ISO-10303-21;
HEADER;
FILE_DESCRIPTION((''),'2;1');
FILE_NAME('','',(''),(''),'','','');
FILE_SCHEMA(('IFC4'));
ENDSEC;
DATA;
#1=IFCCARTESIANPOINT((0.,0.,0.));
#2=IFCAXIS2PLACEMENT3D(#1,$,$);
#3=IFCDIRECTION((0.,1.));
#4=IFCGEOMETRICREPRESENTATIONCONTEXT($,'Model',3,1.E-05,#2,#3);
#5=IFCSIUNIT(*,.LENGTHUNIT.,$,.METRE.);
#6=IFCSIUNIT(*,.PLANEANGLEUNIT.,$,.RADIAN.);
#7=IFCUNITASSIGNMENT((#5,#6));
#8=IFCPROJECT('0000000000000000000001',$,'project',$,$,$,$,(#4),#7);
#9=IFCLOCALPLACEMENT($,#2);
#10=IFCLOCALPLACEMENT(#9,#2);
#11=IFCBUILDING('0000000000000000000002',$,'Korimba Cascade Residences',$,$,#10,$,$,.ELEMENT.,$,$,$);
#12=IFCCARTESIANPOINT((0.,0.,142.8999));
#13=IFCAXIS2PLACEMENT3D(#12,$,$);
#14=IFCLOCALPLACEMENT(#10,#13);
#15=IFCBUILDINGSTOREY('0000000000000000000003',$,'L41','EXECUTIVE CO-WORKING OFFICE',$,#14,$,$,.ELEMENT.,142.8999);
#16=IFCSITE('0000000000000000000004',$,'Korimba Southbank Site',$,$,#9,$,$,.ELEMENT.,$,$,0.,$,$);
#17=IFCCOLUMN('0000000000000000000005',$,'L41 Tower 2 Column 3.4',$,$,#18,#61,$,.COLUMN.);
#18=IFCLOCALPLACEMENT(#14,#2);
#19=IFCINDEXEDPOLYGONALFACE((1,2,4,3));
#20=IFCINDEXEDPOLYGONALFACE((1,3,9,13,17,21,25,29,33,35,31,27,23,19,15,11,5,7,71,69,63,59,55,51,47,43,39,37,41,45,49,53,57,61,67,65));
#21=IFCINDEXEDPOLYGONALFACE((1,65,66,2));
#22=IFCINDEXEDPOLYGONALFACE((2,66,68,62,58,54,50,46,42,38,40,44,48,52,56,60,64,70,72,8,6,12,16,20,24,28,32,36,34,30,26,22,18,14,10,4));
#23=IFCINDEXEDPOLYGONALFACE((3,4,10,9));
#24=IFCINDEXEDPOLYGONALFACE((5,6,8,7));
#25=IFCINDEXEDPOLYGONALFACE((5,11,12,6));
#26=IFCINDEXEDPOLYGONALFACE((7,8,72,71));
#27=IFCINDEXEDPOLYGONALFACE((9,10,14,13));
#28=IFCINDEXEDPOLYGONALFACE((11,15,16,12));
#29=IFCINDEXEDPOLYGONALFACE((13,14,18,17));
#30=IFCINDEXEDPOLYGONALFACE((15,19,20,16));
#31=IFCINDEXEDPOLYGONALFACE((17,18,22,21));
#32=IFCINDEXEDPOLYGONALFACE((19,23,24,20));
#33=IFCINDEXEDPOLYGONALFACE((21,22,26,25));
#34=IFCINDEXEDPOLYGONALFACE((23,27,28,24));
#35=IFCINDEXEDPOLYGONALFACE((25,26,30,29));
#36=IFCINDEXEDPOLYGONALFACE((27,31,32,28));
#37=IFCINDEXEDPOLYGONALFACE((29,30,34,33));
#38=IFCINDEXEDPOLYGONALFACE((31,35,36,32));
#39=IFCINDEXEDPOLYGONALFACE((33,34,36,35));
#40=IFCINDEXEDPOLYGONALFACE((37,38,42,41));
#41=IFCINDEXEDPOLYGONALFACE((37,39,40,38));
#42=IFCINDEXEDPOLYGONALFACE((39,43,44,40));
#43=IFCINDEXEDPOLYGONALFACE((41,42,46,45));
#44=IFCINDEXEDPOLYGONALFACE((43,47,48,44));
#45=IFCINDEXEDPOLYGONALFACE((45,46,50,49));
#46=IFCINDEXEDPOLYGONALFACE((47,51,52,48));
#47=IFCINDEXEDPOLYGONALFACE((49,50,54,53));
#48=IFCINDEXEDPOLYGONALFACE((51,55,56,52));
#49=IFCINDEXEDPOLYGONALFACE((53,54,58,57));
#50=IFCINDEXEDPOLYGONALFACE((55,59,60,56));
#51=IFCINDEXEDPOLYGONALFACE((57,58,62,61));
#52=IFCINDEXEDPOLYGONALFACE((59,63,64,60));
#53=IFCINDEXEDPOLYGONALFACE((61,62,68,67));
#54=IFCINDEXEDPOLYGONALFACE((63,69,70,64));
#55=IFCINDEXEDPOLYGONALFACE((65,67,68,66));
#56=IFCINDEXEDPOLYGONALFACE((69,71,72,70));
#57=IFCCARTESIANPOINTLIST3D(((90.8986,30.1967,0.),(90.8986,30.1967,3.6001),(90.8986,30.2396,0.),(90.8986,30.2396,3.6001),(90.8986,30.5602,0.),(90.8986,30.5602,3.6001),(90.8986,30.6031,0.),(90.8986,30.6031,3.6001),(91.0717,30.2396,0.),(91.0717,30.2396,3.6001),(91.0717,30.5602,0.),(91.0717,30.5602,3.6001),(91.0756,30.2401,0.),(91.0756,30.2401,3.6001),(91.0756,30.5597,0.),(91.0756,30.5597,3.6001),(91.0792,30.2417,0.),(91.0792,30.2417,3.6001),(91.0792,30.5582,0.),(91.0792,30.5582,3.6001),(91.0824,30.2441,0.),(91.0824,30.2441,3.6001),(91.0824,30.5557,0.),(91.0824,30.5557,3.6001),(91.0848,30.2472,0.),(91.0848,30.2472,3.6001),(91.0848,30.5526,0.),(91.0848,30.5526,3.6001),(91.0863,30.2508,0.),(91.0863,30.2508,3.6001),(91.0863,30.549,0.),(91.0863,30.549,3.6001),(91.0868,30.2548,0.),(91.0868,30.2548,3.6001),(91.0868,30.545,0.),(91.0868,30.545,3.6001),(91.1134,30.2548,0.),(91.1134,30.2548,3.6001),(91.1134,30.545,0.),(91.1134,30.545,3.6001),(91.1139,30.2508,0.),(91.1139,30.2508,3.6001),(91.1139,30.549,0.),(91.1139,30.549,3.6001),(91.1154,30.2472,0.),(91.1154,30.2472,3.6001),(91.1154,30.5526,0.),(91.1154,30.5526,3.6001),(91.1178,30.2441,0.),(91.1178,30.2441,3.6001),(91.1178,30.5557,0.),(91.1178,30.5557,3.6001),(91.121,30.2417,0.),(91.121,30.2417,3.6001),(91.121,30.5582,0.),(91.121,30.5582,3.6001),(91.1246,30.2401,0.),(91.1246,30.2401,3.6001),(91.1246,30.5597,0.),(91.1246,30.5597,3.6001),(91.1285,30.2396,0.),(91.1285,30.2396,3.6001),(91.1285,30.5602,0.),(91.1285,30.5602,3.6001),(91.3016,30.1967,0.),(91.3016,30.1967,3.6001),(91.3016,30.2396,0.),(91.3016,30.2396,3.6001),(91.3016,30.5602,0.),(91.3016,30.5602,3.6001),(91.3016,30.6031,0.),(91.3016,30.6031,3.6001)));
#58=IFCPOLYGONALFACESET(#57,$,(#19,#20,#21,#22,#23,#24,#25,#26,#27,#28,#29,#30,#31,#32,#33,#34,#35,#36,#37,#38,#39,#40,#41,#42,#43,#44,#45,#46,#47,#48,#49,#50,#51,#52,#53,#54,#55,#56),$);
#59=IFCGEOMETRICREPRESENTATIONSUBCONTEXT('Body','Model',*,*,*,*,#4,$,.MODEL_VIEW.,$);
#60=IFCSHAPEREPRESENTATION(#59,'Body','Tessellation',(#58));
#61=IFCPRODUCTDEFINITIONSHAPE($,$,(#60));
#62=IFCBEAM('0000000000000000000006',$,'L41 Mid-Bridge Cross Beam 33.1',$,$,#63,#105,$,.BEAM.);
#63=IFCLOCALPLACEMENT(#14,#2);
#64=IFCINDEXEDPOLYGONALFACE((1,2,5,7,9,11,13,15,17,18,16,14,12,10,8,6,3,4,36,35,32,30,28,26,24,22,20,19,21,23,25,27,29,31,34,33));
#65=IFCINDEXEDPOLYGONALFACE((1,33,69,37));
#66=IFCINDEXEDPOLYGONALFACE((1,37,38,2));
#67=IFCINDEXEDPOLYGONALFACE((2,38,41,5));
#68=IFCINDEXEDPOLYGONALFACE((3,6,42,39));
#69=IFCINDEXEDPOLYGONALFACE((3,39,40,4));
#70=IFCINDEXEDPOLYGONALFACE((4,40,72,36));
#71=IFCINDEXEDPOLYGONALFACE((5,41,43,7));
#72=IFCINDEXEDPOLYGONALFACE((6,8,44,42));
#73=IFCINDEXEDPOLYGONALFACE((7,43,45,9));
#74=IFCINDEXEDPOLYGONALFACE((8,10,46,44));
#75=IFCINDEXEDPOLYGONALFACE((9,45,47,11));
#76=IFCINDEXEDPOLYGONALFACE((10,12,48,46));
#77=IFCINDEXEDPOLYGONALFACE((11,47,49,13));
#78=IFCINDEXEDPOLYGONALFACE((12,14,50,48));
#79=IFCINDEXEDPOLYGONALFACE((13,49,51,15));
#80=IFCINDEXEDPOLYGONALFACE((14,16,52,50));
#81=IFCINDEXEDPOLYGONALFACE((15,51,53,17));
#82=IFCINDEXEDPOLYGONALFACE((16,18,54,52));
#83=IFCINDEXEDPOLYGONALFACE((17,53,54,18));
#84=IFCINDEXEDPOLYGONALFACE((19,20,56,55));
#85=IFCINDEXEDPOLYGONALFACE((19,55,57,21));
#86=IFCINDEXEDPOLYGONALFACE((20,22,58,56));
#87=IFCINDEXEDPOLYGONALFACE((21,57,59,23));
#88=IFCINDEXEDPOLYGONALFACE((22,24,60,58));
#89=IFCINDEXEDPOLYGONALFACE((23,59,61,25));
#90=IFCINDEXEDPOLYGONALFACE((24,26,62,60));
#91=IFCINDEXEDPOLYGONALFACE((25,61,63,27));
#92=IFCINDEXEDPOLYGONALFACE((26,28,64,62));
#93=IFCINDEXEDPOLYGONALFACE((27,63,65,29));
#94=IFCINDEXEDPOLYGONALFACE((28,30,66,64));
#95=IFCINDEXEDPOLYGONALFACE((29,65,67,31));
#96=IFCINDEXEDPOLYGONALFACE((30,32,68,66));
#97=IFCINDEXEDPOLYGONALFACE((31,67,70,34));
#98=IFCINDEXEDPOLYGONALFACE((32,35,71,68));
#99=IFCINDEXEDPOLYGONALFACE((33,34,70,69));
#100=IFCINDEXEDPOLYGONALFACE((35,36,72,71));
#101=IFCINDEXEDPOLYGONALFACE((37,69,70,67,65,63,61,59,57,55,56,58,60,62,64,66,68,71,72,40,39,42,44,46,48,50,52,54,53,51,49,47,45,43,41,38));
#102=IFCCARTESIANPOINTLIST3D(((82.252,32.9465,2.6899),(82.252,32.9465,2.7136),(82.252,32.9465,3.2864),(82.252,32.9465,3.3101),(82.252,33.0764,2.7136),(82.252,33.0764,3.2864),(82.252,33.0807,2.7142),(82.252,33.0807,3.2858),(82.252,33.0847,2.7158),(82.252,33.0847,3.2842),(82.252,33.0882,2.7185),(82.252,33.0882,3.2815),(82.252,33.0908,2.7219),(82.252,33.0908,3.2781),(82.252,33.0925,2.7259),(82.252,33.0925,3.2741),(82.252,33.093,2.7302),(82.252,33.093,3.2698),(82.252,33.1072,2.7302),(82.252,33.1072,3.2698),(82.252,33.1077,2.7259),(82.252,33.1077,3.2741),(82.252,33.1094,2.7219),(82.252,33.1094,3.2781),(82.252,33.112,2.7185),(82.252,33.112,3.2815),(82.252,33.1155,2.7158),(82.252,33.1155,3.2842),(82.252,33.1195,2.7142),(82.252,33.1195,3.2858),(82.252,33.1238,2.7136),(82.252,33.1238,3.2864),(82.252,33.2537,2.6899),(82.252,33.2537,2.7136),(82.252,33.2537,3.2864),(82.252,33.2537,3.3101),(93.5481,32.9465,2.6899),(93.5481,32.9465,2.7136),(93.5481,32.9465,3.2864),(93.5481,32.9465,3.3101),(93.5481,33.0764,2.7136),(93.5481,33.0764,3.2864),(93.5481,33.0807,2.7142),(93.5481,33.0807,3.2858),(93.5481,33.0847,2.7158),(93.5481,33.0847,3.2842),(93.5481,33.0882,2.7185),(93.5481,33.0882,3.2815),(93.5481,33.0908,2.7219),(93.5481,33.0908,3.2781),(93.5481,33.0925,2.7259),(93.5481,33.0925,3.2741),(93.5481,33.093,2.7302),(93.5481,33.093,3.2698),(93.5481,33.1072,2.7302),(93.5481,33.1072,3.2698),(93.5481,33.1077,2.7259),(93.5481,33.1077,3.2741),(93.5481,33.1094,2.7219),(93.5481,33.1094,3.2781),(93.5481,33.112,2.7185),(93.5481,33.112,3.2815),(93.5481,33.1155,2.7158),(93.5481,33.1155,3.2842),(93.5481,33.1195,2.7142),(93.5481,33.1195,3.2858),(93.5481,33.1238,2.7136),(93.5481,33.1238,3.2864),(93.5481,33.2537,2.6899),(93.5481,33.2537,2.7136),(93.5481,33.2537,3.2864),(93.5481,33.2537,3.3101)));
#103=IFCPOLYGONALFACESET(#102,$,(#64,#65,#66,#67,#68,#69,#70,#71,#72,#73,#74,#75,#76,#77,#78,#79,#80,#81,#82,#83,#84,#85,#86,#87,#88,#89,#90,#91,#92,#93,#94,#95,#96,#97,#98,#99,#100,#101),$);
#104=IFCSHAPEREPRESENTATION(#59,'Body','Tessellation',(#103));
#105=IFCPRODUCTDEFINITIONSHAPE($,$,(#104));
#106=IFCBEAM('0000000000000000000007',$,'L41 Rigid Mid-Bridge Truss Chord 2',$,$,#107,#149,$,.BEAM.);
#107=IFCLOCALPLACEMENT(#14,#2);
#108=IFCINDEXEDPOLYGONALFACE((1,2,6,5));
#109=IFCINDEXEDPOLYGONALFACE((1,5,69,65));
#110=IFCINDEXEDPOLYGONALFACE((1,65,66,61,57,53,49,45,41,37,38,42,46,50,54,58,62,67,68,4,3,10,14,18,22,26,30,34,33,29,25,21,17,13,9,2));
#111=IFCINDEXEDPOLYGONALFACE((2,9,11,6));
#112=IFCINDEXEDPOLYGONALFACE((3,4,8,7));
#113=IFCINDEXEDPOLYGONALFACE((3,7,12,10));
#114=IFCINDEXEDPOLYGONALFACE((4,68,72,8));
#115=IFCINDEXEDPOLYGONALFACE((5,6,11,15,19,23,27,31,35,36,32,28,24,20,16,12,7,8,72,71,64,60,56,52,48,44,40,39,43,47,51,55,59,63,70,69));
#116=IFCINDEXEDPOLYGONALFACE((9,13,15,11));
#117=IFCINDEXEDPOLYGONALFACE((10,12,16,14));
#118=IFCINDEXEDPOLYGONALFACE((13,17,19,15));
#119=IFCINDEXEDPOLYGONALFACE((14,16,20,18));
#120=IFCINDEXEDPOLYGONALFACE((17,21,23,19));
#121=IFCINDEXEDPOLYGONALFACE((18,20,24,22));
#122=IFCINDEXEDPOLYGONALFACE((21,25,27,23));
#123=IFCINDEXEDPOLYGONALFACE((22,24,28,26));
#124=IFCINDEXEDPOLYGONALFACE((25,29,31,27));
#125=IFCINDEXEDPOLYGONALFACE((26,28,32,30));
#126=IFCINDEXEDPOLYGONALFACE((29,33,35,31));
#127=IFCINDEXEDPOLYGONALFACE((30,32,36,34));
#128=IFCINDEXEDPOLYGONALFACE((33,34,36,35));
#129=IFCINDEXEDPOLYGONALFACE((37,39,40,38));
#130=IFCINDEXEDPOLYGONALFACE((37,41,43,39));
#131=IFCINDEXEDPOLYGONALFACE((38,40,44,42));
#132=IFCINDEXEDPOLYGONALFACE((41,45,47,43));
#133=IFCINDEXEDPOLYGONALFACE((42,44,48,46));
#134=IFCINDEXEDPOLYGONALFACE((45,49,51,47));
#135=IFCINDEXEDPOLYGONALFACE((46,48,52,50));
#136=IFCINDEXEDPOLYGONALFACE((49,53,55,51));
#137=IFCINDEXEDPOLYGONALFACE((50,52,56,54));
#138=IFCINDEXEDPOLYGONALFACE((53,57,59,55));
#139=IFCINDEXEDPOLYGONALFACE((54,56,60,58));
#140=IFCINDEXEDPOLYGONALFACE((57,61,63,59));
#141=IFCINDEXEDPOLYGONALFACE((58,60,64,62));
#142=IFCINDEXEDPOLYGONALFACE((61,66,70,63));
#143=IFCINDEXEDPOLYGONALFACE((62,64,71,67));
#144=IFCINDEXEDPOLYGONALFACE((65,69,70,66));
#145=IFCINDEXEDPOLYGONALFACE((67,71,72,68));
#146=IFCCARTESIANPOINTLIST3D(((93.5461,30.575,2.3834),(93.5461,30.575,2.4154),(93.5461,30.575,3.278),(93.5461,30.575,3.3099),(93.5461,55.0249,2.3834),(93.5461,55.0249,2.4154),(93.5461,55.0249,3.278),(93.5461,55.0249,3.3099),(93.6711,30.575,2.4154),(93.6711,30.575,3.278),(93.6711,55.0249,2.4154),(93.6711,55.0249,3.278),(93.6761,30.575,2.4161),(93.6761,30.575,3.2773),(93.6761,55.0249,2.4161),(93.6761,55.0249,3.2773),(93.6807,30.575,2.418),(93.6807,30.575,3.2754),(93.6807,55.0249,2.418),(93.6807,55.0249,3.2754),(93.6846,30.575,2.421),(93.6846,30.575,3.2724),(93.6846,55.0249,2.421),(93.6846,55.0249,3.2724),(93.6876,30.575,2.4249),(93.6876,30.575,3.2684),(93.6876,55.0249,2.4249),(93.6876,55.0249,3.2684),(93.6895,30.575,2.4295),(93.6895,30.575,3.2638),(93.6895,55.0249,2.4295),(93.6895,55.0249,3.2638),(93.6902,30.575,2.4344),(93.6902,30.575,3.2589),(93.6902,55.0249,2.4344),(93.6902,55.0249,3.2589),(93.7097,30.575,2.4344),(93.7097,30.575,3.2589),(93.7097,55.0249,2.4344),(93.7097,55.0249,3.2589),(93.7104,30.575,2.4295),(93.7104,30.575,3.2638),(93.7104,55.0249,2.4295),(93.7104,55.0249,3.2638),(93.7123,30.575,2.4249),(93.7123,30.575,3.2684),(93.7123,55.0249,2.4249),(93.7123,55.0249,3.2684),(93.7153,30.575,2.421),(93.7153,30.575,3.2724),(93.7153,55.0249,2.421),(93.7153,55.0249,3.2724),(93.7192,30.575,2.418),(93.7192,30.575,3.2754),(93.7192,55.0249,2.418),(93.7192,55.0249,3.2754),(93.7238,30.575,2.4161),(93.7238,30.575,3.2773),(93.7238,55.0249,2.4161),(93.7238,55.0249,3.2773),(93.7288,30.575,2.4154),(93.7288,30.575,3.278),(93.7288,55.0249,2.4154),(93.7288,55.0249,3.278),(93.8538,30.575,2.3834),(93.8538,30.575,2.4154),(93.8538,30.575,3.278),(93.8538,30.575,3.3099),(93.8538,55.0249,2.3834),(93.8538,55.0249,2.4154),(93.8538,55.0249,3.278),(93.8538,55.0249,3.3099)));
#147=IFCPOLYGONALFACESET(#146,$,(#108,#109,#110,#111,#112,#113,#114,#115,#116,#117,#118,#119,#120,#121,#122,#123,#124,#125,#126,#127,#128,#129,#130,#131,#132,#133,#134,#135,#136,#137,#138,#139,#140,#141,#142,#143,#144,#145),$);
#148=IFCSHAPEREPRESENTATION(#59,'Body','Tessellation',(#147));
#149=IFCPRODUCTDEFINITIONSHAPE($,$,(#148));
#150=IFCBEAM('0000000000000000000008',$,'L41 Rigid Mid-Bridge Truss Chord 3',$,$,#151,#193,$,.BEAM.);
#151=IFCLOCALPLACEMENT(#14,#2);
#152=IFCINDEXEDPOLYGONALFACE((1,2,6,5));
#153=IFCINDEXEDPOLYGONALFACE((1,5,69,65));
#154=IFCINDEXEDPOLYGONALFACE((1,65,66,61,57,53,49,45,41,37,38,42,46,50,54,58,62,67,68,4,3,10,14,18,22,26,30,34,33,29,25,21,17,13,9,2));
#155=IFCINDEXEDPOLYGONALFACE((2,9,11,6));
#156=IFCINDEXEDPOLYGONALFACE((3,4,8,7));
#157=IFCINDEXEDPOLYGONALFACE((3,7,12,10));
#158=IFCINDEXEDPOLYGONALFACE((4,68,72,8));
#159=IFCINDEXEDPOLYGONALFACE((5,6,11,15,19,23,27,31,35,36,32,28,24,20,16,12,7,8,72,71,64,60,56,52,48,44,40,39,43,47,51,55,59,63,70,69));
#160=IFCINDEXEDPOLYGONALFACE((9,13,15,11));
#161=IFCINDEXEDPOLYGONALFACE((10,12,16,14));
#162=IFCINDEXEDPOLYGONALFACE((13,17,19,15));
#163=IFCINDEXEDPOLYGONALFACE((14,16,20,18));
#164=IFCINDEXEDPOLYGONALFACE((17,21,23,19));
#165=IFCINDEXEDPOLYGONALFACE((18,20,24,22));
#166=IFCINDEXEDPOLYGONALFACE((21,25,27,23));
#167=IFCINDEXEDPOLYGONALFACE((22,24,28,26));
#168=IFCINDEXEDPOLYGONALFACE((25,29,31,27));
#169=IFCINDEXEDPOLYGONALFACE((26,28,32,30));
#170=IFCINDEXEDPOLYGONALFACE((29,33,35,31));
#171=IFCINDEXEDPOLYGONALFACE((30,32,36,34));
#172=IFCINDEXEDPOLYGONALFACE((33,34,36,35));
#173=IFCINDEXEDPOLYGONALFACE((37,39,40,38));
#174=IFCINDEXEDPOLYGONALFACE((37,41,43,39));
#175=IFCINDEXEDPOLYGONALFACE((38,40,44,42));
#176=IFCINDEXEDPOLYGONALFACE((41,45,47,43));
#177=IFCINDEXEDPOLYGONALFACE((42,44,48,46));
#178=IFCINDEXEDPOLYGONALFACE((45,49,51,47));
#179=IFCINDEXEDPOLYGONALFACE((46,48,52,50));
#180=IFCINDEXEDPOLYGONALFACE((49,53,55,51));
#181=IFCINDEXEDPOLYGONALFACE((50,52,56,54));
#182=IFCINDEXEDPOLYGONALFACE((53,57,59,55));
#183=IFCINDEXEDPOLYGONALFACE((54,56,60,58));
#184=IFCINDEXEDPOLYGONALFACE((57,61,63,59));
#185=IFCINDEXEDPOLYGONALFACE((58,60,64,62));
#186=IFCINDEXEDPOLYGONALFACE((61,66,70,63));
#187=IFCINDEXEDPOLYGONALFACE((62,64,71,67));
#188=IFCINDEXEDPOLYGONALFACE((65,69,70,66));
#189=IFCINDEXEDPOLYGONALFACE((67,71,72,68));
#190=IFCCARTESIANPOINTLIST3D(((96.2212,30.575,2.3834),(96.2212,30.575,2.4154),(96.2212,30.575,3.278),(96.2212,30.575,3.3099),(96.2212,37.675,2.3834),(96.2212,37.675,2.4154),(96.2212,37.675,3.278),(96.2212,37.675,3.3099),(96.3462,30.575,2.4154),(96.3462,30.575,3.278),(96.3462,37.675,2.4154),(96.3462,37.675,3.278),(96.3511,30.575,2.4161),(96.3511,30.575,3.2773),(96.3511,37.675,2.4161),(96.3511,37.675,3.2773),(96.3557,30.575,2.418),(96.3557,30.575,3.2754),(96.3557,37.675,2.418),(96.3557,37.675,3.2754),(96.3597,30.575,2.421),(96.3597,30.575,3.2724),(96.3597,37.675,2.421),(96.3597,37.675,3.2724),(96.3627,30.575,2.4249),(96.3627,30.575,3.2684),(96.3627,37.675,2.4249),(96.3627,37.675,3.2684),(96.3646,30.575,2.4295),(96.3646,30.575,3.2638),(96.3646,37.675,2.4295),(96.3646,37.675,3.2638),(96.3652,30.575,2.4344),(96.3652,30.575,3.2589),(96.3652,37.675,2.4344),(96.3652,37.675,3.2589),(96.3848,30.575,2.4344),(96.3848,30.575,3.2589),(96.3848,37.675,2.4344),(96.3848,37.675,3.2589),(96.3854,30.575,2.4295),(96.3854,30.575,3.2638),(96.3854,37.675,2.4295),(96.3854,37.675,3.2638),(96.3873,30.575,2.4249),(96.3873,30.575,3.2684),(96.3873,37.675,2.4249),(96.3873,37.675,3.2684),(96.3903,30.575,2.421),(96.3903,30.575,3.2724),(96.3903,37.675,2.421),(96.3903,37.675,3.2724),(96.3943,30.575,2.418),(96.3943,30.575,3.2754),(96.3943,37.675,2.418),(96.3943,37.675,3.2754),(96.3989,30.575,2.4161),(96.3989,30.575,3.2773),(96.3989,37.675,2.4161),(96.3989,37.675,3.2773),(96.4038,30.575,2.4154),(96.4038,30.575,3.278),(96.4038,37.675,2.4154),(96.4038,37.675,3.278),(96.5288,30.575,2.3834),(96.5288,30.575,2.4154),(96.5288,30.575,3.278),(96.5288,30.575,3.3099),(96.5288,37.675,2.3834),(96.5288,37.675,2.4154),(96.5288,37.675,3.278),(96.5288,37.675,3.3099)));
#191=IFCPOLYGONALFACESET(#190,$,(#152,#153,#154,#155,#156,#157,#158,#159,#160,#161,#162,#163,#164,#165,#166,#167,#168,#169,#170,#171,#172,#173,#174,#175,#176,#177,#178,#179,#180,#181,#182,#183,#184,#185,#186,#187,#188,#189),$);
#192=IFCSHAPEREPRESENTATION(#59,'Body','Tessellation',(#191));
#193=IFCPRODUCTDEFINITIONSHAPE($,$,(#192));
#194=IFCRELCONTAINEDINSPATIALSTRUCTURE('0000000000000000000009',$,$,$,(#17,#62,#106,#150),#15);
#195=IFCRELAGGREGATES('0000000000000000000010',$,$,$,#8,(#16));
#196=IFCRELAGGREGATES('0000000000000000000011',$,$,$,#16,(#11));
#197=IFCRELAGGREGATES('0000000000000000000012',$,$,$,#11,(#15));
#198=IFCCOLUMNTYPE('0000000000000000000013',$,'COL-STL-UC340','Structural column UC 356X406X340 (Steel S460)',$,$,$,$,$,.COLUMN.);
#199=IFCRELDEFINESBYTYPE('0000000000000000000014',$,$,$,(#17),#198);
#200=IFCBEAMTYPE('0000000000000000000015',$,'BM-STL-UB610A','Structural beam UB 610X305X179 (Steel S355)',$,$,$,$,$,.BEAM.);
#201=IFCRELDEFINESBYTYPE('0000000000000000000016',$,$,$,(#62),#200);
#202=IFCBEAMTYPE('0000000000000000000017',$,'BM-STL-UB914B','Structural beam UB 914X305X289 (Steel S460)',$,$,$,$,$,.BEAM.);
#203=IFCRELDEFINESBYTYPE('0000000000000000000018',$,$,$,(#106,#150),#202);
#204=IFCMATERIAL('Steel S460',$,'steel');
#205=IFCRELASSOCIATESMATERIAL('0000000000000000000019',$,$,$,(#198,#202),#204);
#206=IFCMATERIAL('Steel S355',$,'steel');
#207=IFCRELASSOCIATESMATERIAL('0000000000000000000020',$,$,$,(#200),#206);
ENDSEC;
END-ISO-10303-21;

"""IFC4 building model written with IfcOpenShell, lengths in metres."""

from ifc_helpers import new_model, si_unit, direction, frame, origin, origin_2d, place, context, subcontext, project, spatial, i_section, extrude, material, material_profile, profile_set, type_object, element, save


model = new_model("IFC4")

# Units and contexts
model_context = context("Model", 3, precision=1e-05, world=origin(), true_north=direction((0.0, 1.0)))
body_context = subcontext(model_context, "Body", "Model", "MODEL_VIEW")
ifc_project = project(units=[si_unit("LENGTHUNIT", "METRE"), si_unit("PLANEANGLEUNIT", "RADIAN")], contexts=[model_context])

# Site, building, storey
site_placement = place(None, origin())
site = spatial("IfcSite", under=ifc_project, at=site_placement, Name="Korimba Southbank Site", CompositionType="ELEMENT", RefElevation=0.0)
building_placement = place(site_placement, origin())
building = spatial("IfcBuilding", under=site, at=building_placement, Name="Korimba Cascade Residences", CompositionType="ELEMENT")
storey_placement = place(building_placement, frame((0.0, 0.0, 142.8999)))
storey = spatial("IfcBuildingStorey", under=building, at=storey_placement, Name="L41", Description="EXECUTIVE CO-WORKING OFFICE", CompositionType="ELEMENT", Elevation=142.8999)

# Column
ifc_material_1 = material(Name="Steel S460", Category="steel")
ifc_material_profile_1 = material_profile(ifc_material_1, i_section(OverallWidth=0.4031, OverallDepth=0.4065, WebThickness=0.0266, FlangeThickness=0.043, FilletRadius=0.0151, at=origin_2d()), Name="Steel S460")
ifc_profile_set_1 = profile_set([ifc_material_profile_1], Name="Steel S460")
column_type = type_object("IfcColumnType", Name="COL-STL-UC340", Description="Structural column UC 356X406X340 (Steel S460)", PredefinedType="COLUMN", material=ifc_profile_set_1)
column_placement = place(storey_placement, frame((91.1001, 30.3999, 0.0), z_axis=(0.0, 0.0, 1.0), x_axis=(1.0, 0.0, 0.0)))
element("IfcColumn", 1, at=column_placement, inside=storey, type_object=column_type, Name="L41 Tower 2 Column 3.4", PredefinedType="COLUMN", context=body_context, shape_type="SweptSolid", body=[
    extrude(i_section(OverallWidth=0.4031, OverallDepth=0.4065, WebThickness=0.0266, FlangeThickness=0.043, FilletRadius=0.0151, at=origin_2d()), origin(), (0.0, 0.0, 1.0), 3.6001),
])

# Beams
ifc_material_2 = material(Name="Steel S355", Category="steel")
ifc_material_profile_2 = material_profile(ifc_material_2, i_section(OverallWidth=0.3071, OverallDepth=0.6201, WebThickness=0.0142, FlangeThickness=0.0237, FilletRadius=0.0166, at=origin_2d()), Name="Steel S355")
ifc_profile_set_2 = profile_set([ifc_material_profile_2], Name="Steel S355")
beam_type_1 = type_object("IfcBeamType", Name="BM-STL-UB610A", Description="Structural beam UB 610X305X179 (Steel S355)", PredefinedType="BEAM", material=ifc_profile_set_2)
beam_1_placement = place(storey_placement, frame((82.252, 33.1001, 3.0), z_axis=(1.0, 0.0, 0.0), x_axis=(0.0, 1.0, 0.0)))
element("IfcBeam", 2, at=beam_1_placement, inside=storey, type_object=beam_type_1, Name="L41 Mid-Bridge Cross Beam 33.1", PredefinedType="BEAM", context=body_context, shape_type="SweptSolid", body=[
    extrude(i_section(OverallWidth=0.3071, OverallDepth=0.6201, WebThickness=0.0142, FlangeThickness=0.0237, FilletRadius=0.0166, at=origin_2d()), origin(), (0.0, 0.0, 1.0), 11.2961),
])
ifc_material_profile_3 = material_profile(ifc_material_1, i_section(OverallWidth=0.3076, OverallDepth=0.9265, WebThickness=0.0195, FlangeThickness=0.032, FilletRadius=0.019, at=origin_2d()), Name="Steel S460")
ifc_profile_set_3 = profile_set([ifc_material_profile_3], Name="Steel S460")
beam_type_2 = type_object("IfcBeamType", Name="BM-STL-UB914B", Description="Structural beam UB 914X305X289 (Steel S460)", PredefinedType="BEAM", material=ifc_profile_set_3)
beam_2_placement = place(storey_placement, frame((93.7, 30.575, 2.8467), z_axis=(0.0, 1.0, 0.0), x_axis=(-1.0, 0.0, 0.0)))
element("IfcBeam", 3, at=beam_2_placement, inside=storey, type_object=beam_type_2, Name="L41 Rigid Mid-Bridge Truss Chord 2", PredefinedType="BEAM", context=body_context, shape_type="SweptSolid", body=[
    extrude(i_section(OverallWidth=0.3076, OverallDepth=0.9265, WebThickness=0.0195, FlangeThickness=0.032, FilletRadius=0.019, at=origin_2d()), origin(), (0.0, 0.0, 1.0), 24.45),
])
beam_3_placement = place(storey_placement, frame((96.375, 30.575, 2.8467), z_axis=(0.0, 1.0, 0.0), x_axis=(-1.0, 0.0, 0.0)))
element("IfcBeam", 4, at=beam_3_placement, inside=storey, type_object=beam_type_2, Name="L41 Rigid Mid-Bridge Truss Chord 3", PredefinedType="BEAM", context=body_context, shape_type="SweptSolid", body=[
    extrude(i_section(OverallWidth=0.3076, OverallDepth=0.9265, WebThickness=0.0195, FlangeThickness=0.032, FilletRadius=0.019, at=origin_2d()), origin(), (0.0, 0.0, 1.0), 7.1001),
])

save(model, "model.ifc")
